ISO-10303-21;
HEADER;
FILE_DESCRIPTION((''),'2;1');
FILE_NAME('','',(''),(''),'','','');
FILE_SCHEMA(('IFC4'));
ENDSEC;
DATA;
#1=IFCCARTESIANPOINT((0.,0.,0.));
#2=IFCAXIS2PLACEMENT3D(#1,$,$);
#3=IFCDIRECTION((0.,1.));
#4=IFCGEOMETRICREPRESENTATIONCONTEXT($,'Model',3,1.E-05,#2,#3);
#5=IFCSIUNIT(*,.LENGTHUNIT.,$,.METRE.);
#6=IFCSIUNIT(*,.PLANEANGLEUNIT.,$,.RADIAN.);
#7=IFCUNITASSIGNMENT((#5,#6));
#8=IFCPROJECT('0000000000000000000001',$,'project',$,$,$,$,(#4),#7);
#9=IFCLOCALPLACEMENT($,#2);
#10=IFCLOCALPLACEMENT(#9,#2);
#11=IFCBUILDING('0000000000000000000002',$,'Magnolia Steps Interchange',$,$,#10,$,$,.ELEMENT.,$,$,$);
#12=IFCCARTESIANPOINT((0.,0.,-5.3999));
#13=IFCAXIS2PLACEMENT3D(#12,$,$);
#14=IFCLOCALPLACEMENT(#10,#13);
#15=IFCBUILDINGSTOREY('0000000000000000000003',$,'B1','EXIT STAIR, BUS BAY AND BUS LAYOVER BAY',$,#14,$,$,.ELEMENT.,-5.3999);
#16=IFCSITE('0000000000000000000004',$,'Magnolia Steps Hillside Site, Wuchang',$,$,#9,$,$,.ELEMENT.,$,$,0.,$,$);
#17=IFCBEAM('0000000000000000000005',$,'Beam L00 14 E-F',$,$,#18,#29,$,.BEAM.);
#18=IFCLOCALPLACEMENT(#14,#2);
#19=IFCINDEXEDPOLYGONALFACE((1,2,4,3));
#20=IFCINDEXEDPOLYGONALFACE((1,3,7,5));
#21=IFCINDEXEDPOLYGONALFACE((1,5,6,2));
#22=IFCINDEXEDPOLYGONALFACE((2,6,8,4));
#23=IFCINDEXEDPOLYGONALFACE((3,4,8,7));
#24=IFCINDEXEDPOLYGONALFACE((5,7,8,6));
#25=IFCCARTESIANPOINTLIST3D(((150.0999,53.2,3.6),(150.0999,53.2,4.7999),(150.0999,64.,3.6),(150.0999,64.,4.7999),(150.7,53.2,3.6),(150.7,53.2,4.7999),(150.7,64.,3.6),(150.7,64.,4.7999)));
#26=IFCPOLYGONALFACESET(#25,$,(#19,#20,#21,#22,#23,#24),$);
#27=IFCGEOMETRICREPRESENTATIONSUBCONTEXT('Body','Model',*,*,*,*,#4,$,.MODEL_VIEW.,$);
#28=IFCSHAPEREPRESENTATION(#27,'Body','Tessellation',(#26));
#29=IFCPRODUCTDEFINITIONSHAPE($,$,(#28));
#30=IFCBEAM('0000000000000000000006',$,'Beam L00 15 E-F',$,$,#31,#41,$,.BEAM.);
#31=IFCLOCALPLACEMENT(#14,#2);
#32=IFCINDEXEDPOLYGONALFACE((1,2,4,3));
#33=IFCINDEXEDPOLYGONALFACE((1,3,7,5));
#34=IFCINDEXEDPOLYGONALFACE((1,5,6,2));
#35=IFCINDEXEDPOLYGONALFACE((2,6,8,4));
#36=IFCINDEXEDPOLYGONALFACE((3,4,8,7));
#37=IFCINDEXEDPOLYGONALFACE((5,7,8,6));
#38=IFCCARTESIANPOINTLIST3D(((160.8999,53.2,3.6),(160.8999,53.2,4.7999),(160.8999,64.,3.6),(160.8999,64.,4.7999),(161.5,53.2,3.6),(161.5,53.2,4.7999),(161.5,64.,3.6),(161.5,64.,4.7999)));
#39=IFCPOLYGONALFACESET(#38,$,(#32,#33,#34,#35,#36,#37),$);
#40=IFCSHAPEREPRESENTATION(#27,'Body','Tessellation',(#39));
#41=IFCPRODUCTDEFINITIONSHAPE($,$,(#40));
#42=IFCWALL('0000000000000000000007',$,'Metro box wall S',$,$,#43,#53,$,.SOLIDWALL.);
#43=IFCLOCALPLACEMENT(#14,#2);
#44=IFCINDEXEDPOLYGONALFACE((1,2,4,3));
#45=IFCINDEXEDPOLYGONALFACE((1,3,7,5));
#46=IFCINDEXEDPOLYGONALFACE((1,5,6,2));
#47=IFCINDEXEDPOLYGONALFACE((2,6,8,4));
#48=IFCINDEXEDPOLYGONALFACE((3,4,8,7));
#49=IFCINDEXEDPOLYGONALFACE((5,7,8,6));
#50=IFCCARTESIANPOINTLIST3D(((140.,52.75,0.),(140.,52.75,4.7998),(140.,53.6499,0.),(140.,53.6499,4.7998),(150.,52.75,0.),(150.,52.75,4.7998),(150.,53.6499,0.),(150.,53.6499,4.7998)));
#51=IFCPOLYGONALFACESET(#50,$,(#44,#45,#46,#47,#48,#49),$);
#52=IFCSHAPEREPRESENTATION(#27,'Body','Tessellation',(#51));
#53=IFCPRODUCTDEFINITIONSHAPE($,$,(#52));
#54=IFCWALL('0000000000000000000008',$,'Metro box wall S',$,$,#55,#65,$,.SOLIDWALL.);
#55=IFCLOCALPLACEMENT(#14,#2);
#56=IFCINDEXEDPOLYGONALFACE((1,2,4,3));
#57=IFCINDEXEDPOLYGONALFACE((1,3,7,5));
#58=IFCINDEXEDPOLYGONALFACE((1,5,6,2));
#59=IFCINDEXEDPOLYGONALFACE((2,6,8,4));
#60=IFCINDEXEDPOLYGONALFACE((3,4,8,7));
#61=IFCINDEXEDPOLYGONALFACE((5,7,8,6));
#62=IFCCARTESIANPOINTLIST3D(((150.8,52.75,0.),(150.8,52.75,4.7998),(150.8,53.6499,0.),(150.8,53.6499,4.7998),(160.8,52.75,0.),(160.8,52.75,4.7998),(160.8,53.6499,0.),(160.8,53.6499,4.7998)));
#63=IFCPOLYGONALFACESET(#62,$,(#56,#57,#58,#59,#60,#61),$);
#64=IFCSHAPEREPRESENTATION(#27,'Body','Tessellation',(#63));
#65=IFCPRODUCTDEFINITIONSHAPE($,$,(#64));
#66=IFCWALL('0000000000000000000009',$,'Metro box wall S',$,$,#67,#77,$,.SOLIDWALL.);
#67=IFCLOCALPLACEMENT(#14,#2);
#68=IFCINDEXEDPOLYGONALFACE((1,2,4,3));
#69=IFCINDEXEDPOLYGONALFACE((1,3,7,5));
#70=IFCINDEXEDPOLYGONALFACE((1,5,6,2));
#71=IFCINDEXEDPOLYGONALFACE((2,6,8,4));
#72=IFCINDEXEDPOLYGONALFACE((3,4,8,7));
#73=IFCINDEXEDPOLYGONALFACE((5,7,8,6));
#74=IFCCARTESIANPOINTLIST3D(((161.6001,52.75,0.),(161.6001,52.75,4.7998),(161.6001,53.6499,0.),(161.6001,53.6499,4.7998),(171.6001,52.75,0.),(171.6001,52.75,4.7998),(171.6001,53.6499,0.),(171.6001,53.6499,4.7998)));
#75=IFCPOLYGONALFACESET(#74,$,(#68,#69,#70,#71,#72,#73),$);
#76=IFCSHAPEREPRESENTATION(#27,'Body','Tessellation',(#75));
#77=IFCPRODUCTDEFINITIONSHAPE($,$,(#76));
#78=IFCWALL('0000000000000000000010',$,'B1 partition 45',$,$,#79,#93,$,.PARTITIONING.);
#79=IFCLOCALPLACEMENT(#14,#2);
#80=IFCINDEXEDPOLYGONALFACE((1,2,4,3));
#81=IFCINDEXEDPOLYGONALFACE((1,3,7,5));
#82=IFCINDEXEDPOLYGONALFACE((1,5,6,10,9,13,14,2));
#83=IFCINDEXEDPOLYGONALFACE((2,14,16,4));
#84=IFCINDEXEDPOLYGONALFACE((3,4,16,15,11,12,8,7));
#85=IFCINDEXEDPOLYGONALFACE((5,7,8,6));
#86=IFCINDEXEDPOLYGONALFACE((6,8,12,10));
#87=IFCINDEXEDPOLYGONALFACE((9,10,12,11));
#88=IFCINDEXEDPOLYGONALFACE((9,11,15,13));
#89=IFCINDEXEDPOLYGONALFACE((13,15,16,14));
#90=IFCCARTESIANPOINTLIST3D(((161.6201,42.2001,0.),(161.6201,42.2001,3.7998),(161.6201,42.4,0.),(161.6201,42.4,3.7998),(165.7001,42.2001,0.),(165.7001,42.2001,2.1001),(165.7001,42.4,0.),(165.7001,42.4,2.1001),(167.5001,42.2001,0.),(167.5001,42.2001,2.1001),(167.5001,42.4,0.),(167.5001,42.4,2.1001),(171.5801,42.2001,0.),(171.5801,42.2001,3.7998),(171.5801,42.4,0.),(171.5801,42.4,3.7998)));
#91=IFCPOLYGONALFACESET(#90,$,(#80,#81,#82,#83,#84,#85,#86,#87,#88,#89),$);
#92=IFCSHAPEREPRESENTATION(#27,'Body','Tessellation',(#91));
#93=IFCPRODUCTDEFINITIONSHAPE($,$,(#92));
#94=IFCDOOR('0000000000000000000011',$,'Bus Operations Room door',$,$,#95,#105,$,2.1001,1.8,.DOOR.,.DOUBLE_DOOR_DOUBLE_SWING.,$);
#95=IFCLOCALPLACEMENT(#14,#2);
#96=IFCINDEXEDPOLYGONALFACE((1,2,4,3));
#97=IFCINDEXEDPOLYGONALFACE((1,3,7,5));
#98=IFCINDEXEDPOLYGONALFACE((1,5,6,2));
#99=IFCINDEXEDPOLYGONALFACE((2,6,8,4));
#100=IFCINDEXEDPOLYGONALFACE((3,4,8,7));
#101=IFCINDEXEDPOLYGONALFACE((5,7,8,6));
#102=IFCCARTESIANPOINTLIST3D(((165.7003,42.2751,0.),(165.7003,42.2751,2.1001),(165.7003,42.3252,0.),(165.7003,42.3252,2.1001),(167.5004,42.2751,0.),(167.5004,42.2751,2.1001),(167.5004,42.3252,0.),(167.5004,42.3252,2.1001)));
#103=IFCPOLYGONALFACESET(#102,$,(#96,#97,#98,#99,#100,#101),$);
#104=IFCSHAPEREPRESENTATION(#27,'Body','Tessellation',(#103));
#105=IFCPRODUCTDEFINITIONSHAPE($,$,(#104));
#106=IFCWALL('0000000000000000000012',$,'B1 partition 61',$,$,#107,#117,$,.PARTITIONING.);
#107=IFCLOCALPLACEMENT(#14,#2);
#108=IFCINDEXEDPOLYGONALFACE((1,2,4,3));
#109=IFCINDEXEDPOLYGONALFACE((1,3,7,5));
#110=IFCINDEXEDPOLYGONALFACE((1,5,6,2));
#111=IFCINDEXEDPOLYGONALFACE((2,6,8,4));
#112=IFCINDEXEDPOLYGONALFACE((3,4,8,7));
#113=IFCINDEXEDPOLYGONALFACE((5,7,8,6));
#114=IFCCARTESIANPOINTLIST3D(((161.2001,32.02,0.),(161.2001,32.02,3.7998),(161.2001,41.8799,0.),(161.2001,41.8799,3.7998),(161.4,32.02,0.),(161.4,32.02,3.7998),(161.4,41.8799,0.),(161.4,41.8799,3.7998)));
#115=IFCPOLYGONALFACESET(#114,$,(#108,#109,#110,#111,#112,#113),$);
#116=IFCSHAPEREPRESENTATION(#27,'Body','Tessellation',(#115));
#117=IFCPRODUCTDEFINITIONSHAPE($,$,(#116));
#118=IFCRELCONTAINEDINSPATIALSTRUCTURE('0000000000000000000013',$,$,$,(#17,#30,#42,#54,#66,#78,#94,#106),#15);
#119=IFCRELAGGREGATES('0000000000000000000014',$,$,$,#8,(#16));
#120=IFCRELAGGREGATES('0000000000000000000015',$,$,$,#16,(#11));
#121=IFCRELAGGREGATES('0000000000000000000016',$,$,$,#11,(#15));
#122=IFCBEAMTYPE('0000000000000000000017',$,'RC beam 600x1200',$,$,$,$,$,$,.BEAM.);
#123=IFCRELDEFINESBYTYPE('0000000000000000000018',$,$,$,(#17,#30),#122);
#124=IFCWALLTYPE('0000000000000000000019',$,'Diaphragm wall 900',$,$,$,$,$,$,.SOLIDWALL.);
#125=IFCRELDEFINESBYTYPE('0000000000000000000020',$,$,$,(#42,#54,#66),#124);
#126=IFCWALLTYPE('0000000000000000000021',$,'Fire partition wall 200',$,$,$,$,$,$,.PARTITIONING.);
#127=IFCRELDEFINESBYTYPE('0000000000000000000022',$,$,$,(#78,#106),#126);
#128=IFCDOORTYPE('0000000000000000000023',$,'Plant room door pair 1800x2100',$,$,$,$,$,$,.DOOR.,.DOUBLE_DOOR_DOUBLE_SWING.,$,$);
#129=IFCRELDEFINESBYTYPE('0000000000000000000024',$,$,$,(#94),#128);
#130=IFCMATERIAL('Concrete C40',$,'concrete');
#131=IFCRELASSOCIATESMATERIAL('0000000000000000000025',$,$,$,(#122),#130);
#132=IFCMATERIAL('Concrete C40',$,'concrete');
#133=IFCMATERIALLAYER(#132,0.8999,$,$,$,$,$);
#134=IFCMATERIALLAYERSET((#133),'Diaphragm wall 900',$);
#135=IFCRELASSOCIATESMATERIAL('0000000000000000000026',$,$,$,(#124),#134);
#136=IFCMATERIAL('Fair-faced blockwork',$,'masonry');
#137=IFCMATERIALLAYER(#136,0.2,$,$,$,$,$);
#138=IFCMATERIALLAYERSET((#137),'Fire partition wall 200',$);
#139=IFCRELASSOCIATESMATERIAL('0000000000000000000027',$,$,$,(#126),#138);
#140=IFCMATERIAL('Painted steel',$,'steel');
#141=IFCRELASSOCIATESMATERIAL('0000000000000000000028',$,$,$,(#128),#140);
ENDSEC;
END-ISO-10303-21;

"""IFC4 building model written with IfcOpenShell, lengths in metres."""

from ifc_helpers import new_model, si_unit, direction, frame, frame_2d, origin, origin_2d, place, context, subcontext, project, spatial, rectangle, extrude, material, layer, layer_set, material_profile, profile_set, type_object, element, fill, save


model = new_model("IFC4")

# Units and contexts
model_context = context("Model", 3, precision=1e-05, world=origin(), true_north=direction((0.0, 1.0)))
body_context = subcontext(model_context, "Body", "Model", "MODEL_VIEW")
ifc_project = project(units=[si_unit("LENGTHUNIT", "METRE"), si_unit("PLANEANGLEUNIT", "RADIAN")], contexts=[model_context])

# Site, building, storey
site_placement = place(None, origin())
site = spatial("IfcSite", under=ifc_project, at=site_placement, Name="Magnolia Steps Hillside Site, Wuchang", CompositionType="ELEMENT", RefElevation=0.0)
building_placement = place(site_placement, origin())
building = spatial("IfcBuilding", under=site, at=building_placement, Name="Magnolia Steps Interchange", CompositionType="ELEMENT")
storey_placement = place(building_placement, frame((0.0, 0.0, -5.3999)))
storey = spatial("IfcBuildingStorey", under=building, at=storey_placement, Name="B1", Description="EXIT STAIR, BUS BAY AND BUS LAYOVER BAY", CompositionType="ELEMENT", Elevation=-5.3999)

# Beams
ifc_material_1 = material(Name="Concrete C40", Category="concrete")
ifc_material_profile_1 = material_profile(ifc_material_1, rectangle(XDim=0.6001, YDim=1.2, at=origin_2d()), Name="RC600x1200")
ifc_profile_set_1 = profile_set([ifc_material_profile_1], Name="Concrete C40")
beam_type_1 = type_object("IfcBeamType", Name="RC beam 600x1200", PredefinedType="BEAM", material=ifc_profile_set_1)
for number, where, z_axis, x_axis, name in (
    (1, (150.3999, 53.2, 4.2), (0.0, 1.0, 0.0), (-1.0, 0.0, 0.0), "Beam L00 14 E-F"),
    (2, (161.2, 53.2, 4.2), (0.0, 1.0, 0.0), (-1.0, 0.0, 0.0), "Beam L00 15 E-F"),
):
    element("IfcBeam", number, at=place(storey_placement, frame(where, z_axis=z_axis, x_axis=x_axis)), inside=storey, type_object=beam_type_1, Name=name, PredefinedType="BEAM", context=body_context, shape_type="SweptSolid", body=[
        extrude(rectangle(XDim=0.6001, YDim=1.2, at=origin_2d()), origin(), (0.0, 0.0, 1.0), 10.8),
    ])

# Walls
ifc_material_2 = material(Name="Concrete C40", Category="concrete")
ifc_layer_1 = layer(ifc_material_2, 0.8999)
ifc_layer_set_1 = layer_set([ifc_layer_1], Name="Diaphragm wall 900")
wall_type_1 = type_object("IfcWallType", Name="Diaphragm wall 900", PredefinedType="SOLIDWALL", material=ifc_layer_set_1)
for number, where, z_axis, x_axis, name in (
    (3, (140.0, 53.2, 0.0), (0.0, 0.0, 1.0), (1.0, 0.0, 0.0), "Metro box wall S"),
    (4, (150.8, 53.2, 0.0), (0.0, 0.0, 1.0), (1.0, 0.0, 0.0), "Metro box wall S"),
    (5, (161.6001, 53.2, 0.0), (0.0, 0.0, 1.0), (1.0, 0.0, 0.0), "Metro box wall S"),
):
    element("IfcWall", number, at=place(storey_placement, frame(where, z_axis=z_axis, x_axis=x_axis)), inside=storey, type_object=wall_type_1, Name=name, PredefinedType="SOLIDWALL", context=body_context, shape_type="SweptSolid", body=[
        extrude(rectangle(XDim=10.0, YDim=0.8999, at=frame_2d((5.0, 0.0))), origin(), (0.0, 0.0, 1.0), 4.7998),
    ])

# Wall, opening, door
ifc_material_3 = material(Name="Fair-faced blockwork", Category="masonry")
ifc_layer_2 = layer(ifc_material_3, 0.2)
ifc_layer_set_2 = layer_set([ifc_layer_2], Name="Fire partition wall 200")
wall_type_2 = type_object("IfcWallType", Name="Fire partition wall 200", PredefinedType="PARTITIONING", material=ifc_layer_set_2)
wall_1_placement = place(storey_placement, frame((161.6201, 42.3, 0.0), z_axis=(0.0, 0.0, 1.0), x_axis=(1.0, 0.0, 0.0)))
wall_1 = element("IfcWall", 6, at=wall_1_placement, inside=storey, type_object=wall_type_2, Name="B1 partition 45", PredefinedType="PARTITIONING", context=body_context, shape_type="SweptSolid", body=[
    extrude(rectangle(XDim=9.96, YDim=0.2, at=frame_2d((4.98, 0.0))), origin(), (0.0, 0.0, 1.0), 3.7998),
])
opening_placement = place(wall_1_placement, frame((4.0801, 0.0, 0.0)))
opening = element("IfcOpeningElement", 7, at=opening_placement, cuts=wall_1, PredefinedType="OPENING", context=body_context, shape_type="SweptSolid", body=[
    extrude(rectangle(XDim=1.8, YDim=2.1001, at=frame_2d((0.8999, 1.05))), frame((0.0, 0.1099, 0.0), z_axis=(0.0, -1.0, 0.0), x_axis=(1.0, 0.0, 0.0)), (0.0, 0.0, 1.0), 0.22),
])
ifc_material_4 = material(Name="Painted steel", Category="steel")
door_type = type_object("IfcDoorType", Name="Plant room door pair 1800x2100", OperationType="DOUBLE_DOOR_DOUBLE_SWING", PredefinedType="DOOR", material=ifc_material_4)
door_placement = place(opening_placement, frame((1.8, 0.0, 0.0), z_axis=(0.0, 0.0, 1.0), x_axis=(-1.0, 0.0, 0.0)))
door = element("IfcDoor", 8, at=door_placement, inside=storey, type_object=door_type, Name="Bus Operations Room door", OperationType="DOUBLE_DOOR_DOUBLE_SWING", OverallHeight=2.1001, OverallWidth=1.8, PredefinedType="DOOR", context=body_context, shape_type="SweptSolid", body=[
    extrude(rectangle(XDim=1.8, YDim=2.1001, at=frame_2d((0.8999, 1.05))), frame((0.0, 0.0249, 0.0), z_axis=(0.0, -1.0, 0.0), x_axis=(1.0, 0.0, 0.0)), (0.0, 0.0, 1.0), 0.05),
])
fill(opening, door)

# Wall
wall_2_placement = place(storey_placement, frame((161.3, 32.02, 0.0), z_axis=(0.0, 0.0, 1.0), x_axis=(0.0, 1.0, 0.0)))
element("IfcWall", 9, at=wall_2_placement, inside=storey, type_object=wall_type_2, Name="B1 partition 61", PredefinedType="PARTITIONING", context=body_context, shape_type="SweptSolid", body=[
    extrude(rectangle(XDim=9.8599, YDim=0.2, at=frame_2d((4.9299, 0.0))), origin(), (0.0, 0.0, 1.0), 3.7998),
])

save(model, "model.ifc")
